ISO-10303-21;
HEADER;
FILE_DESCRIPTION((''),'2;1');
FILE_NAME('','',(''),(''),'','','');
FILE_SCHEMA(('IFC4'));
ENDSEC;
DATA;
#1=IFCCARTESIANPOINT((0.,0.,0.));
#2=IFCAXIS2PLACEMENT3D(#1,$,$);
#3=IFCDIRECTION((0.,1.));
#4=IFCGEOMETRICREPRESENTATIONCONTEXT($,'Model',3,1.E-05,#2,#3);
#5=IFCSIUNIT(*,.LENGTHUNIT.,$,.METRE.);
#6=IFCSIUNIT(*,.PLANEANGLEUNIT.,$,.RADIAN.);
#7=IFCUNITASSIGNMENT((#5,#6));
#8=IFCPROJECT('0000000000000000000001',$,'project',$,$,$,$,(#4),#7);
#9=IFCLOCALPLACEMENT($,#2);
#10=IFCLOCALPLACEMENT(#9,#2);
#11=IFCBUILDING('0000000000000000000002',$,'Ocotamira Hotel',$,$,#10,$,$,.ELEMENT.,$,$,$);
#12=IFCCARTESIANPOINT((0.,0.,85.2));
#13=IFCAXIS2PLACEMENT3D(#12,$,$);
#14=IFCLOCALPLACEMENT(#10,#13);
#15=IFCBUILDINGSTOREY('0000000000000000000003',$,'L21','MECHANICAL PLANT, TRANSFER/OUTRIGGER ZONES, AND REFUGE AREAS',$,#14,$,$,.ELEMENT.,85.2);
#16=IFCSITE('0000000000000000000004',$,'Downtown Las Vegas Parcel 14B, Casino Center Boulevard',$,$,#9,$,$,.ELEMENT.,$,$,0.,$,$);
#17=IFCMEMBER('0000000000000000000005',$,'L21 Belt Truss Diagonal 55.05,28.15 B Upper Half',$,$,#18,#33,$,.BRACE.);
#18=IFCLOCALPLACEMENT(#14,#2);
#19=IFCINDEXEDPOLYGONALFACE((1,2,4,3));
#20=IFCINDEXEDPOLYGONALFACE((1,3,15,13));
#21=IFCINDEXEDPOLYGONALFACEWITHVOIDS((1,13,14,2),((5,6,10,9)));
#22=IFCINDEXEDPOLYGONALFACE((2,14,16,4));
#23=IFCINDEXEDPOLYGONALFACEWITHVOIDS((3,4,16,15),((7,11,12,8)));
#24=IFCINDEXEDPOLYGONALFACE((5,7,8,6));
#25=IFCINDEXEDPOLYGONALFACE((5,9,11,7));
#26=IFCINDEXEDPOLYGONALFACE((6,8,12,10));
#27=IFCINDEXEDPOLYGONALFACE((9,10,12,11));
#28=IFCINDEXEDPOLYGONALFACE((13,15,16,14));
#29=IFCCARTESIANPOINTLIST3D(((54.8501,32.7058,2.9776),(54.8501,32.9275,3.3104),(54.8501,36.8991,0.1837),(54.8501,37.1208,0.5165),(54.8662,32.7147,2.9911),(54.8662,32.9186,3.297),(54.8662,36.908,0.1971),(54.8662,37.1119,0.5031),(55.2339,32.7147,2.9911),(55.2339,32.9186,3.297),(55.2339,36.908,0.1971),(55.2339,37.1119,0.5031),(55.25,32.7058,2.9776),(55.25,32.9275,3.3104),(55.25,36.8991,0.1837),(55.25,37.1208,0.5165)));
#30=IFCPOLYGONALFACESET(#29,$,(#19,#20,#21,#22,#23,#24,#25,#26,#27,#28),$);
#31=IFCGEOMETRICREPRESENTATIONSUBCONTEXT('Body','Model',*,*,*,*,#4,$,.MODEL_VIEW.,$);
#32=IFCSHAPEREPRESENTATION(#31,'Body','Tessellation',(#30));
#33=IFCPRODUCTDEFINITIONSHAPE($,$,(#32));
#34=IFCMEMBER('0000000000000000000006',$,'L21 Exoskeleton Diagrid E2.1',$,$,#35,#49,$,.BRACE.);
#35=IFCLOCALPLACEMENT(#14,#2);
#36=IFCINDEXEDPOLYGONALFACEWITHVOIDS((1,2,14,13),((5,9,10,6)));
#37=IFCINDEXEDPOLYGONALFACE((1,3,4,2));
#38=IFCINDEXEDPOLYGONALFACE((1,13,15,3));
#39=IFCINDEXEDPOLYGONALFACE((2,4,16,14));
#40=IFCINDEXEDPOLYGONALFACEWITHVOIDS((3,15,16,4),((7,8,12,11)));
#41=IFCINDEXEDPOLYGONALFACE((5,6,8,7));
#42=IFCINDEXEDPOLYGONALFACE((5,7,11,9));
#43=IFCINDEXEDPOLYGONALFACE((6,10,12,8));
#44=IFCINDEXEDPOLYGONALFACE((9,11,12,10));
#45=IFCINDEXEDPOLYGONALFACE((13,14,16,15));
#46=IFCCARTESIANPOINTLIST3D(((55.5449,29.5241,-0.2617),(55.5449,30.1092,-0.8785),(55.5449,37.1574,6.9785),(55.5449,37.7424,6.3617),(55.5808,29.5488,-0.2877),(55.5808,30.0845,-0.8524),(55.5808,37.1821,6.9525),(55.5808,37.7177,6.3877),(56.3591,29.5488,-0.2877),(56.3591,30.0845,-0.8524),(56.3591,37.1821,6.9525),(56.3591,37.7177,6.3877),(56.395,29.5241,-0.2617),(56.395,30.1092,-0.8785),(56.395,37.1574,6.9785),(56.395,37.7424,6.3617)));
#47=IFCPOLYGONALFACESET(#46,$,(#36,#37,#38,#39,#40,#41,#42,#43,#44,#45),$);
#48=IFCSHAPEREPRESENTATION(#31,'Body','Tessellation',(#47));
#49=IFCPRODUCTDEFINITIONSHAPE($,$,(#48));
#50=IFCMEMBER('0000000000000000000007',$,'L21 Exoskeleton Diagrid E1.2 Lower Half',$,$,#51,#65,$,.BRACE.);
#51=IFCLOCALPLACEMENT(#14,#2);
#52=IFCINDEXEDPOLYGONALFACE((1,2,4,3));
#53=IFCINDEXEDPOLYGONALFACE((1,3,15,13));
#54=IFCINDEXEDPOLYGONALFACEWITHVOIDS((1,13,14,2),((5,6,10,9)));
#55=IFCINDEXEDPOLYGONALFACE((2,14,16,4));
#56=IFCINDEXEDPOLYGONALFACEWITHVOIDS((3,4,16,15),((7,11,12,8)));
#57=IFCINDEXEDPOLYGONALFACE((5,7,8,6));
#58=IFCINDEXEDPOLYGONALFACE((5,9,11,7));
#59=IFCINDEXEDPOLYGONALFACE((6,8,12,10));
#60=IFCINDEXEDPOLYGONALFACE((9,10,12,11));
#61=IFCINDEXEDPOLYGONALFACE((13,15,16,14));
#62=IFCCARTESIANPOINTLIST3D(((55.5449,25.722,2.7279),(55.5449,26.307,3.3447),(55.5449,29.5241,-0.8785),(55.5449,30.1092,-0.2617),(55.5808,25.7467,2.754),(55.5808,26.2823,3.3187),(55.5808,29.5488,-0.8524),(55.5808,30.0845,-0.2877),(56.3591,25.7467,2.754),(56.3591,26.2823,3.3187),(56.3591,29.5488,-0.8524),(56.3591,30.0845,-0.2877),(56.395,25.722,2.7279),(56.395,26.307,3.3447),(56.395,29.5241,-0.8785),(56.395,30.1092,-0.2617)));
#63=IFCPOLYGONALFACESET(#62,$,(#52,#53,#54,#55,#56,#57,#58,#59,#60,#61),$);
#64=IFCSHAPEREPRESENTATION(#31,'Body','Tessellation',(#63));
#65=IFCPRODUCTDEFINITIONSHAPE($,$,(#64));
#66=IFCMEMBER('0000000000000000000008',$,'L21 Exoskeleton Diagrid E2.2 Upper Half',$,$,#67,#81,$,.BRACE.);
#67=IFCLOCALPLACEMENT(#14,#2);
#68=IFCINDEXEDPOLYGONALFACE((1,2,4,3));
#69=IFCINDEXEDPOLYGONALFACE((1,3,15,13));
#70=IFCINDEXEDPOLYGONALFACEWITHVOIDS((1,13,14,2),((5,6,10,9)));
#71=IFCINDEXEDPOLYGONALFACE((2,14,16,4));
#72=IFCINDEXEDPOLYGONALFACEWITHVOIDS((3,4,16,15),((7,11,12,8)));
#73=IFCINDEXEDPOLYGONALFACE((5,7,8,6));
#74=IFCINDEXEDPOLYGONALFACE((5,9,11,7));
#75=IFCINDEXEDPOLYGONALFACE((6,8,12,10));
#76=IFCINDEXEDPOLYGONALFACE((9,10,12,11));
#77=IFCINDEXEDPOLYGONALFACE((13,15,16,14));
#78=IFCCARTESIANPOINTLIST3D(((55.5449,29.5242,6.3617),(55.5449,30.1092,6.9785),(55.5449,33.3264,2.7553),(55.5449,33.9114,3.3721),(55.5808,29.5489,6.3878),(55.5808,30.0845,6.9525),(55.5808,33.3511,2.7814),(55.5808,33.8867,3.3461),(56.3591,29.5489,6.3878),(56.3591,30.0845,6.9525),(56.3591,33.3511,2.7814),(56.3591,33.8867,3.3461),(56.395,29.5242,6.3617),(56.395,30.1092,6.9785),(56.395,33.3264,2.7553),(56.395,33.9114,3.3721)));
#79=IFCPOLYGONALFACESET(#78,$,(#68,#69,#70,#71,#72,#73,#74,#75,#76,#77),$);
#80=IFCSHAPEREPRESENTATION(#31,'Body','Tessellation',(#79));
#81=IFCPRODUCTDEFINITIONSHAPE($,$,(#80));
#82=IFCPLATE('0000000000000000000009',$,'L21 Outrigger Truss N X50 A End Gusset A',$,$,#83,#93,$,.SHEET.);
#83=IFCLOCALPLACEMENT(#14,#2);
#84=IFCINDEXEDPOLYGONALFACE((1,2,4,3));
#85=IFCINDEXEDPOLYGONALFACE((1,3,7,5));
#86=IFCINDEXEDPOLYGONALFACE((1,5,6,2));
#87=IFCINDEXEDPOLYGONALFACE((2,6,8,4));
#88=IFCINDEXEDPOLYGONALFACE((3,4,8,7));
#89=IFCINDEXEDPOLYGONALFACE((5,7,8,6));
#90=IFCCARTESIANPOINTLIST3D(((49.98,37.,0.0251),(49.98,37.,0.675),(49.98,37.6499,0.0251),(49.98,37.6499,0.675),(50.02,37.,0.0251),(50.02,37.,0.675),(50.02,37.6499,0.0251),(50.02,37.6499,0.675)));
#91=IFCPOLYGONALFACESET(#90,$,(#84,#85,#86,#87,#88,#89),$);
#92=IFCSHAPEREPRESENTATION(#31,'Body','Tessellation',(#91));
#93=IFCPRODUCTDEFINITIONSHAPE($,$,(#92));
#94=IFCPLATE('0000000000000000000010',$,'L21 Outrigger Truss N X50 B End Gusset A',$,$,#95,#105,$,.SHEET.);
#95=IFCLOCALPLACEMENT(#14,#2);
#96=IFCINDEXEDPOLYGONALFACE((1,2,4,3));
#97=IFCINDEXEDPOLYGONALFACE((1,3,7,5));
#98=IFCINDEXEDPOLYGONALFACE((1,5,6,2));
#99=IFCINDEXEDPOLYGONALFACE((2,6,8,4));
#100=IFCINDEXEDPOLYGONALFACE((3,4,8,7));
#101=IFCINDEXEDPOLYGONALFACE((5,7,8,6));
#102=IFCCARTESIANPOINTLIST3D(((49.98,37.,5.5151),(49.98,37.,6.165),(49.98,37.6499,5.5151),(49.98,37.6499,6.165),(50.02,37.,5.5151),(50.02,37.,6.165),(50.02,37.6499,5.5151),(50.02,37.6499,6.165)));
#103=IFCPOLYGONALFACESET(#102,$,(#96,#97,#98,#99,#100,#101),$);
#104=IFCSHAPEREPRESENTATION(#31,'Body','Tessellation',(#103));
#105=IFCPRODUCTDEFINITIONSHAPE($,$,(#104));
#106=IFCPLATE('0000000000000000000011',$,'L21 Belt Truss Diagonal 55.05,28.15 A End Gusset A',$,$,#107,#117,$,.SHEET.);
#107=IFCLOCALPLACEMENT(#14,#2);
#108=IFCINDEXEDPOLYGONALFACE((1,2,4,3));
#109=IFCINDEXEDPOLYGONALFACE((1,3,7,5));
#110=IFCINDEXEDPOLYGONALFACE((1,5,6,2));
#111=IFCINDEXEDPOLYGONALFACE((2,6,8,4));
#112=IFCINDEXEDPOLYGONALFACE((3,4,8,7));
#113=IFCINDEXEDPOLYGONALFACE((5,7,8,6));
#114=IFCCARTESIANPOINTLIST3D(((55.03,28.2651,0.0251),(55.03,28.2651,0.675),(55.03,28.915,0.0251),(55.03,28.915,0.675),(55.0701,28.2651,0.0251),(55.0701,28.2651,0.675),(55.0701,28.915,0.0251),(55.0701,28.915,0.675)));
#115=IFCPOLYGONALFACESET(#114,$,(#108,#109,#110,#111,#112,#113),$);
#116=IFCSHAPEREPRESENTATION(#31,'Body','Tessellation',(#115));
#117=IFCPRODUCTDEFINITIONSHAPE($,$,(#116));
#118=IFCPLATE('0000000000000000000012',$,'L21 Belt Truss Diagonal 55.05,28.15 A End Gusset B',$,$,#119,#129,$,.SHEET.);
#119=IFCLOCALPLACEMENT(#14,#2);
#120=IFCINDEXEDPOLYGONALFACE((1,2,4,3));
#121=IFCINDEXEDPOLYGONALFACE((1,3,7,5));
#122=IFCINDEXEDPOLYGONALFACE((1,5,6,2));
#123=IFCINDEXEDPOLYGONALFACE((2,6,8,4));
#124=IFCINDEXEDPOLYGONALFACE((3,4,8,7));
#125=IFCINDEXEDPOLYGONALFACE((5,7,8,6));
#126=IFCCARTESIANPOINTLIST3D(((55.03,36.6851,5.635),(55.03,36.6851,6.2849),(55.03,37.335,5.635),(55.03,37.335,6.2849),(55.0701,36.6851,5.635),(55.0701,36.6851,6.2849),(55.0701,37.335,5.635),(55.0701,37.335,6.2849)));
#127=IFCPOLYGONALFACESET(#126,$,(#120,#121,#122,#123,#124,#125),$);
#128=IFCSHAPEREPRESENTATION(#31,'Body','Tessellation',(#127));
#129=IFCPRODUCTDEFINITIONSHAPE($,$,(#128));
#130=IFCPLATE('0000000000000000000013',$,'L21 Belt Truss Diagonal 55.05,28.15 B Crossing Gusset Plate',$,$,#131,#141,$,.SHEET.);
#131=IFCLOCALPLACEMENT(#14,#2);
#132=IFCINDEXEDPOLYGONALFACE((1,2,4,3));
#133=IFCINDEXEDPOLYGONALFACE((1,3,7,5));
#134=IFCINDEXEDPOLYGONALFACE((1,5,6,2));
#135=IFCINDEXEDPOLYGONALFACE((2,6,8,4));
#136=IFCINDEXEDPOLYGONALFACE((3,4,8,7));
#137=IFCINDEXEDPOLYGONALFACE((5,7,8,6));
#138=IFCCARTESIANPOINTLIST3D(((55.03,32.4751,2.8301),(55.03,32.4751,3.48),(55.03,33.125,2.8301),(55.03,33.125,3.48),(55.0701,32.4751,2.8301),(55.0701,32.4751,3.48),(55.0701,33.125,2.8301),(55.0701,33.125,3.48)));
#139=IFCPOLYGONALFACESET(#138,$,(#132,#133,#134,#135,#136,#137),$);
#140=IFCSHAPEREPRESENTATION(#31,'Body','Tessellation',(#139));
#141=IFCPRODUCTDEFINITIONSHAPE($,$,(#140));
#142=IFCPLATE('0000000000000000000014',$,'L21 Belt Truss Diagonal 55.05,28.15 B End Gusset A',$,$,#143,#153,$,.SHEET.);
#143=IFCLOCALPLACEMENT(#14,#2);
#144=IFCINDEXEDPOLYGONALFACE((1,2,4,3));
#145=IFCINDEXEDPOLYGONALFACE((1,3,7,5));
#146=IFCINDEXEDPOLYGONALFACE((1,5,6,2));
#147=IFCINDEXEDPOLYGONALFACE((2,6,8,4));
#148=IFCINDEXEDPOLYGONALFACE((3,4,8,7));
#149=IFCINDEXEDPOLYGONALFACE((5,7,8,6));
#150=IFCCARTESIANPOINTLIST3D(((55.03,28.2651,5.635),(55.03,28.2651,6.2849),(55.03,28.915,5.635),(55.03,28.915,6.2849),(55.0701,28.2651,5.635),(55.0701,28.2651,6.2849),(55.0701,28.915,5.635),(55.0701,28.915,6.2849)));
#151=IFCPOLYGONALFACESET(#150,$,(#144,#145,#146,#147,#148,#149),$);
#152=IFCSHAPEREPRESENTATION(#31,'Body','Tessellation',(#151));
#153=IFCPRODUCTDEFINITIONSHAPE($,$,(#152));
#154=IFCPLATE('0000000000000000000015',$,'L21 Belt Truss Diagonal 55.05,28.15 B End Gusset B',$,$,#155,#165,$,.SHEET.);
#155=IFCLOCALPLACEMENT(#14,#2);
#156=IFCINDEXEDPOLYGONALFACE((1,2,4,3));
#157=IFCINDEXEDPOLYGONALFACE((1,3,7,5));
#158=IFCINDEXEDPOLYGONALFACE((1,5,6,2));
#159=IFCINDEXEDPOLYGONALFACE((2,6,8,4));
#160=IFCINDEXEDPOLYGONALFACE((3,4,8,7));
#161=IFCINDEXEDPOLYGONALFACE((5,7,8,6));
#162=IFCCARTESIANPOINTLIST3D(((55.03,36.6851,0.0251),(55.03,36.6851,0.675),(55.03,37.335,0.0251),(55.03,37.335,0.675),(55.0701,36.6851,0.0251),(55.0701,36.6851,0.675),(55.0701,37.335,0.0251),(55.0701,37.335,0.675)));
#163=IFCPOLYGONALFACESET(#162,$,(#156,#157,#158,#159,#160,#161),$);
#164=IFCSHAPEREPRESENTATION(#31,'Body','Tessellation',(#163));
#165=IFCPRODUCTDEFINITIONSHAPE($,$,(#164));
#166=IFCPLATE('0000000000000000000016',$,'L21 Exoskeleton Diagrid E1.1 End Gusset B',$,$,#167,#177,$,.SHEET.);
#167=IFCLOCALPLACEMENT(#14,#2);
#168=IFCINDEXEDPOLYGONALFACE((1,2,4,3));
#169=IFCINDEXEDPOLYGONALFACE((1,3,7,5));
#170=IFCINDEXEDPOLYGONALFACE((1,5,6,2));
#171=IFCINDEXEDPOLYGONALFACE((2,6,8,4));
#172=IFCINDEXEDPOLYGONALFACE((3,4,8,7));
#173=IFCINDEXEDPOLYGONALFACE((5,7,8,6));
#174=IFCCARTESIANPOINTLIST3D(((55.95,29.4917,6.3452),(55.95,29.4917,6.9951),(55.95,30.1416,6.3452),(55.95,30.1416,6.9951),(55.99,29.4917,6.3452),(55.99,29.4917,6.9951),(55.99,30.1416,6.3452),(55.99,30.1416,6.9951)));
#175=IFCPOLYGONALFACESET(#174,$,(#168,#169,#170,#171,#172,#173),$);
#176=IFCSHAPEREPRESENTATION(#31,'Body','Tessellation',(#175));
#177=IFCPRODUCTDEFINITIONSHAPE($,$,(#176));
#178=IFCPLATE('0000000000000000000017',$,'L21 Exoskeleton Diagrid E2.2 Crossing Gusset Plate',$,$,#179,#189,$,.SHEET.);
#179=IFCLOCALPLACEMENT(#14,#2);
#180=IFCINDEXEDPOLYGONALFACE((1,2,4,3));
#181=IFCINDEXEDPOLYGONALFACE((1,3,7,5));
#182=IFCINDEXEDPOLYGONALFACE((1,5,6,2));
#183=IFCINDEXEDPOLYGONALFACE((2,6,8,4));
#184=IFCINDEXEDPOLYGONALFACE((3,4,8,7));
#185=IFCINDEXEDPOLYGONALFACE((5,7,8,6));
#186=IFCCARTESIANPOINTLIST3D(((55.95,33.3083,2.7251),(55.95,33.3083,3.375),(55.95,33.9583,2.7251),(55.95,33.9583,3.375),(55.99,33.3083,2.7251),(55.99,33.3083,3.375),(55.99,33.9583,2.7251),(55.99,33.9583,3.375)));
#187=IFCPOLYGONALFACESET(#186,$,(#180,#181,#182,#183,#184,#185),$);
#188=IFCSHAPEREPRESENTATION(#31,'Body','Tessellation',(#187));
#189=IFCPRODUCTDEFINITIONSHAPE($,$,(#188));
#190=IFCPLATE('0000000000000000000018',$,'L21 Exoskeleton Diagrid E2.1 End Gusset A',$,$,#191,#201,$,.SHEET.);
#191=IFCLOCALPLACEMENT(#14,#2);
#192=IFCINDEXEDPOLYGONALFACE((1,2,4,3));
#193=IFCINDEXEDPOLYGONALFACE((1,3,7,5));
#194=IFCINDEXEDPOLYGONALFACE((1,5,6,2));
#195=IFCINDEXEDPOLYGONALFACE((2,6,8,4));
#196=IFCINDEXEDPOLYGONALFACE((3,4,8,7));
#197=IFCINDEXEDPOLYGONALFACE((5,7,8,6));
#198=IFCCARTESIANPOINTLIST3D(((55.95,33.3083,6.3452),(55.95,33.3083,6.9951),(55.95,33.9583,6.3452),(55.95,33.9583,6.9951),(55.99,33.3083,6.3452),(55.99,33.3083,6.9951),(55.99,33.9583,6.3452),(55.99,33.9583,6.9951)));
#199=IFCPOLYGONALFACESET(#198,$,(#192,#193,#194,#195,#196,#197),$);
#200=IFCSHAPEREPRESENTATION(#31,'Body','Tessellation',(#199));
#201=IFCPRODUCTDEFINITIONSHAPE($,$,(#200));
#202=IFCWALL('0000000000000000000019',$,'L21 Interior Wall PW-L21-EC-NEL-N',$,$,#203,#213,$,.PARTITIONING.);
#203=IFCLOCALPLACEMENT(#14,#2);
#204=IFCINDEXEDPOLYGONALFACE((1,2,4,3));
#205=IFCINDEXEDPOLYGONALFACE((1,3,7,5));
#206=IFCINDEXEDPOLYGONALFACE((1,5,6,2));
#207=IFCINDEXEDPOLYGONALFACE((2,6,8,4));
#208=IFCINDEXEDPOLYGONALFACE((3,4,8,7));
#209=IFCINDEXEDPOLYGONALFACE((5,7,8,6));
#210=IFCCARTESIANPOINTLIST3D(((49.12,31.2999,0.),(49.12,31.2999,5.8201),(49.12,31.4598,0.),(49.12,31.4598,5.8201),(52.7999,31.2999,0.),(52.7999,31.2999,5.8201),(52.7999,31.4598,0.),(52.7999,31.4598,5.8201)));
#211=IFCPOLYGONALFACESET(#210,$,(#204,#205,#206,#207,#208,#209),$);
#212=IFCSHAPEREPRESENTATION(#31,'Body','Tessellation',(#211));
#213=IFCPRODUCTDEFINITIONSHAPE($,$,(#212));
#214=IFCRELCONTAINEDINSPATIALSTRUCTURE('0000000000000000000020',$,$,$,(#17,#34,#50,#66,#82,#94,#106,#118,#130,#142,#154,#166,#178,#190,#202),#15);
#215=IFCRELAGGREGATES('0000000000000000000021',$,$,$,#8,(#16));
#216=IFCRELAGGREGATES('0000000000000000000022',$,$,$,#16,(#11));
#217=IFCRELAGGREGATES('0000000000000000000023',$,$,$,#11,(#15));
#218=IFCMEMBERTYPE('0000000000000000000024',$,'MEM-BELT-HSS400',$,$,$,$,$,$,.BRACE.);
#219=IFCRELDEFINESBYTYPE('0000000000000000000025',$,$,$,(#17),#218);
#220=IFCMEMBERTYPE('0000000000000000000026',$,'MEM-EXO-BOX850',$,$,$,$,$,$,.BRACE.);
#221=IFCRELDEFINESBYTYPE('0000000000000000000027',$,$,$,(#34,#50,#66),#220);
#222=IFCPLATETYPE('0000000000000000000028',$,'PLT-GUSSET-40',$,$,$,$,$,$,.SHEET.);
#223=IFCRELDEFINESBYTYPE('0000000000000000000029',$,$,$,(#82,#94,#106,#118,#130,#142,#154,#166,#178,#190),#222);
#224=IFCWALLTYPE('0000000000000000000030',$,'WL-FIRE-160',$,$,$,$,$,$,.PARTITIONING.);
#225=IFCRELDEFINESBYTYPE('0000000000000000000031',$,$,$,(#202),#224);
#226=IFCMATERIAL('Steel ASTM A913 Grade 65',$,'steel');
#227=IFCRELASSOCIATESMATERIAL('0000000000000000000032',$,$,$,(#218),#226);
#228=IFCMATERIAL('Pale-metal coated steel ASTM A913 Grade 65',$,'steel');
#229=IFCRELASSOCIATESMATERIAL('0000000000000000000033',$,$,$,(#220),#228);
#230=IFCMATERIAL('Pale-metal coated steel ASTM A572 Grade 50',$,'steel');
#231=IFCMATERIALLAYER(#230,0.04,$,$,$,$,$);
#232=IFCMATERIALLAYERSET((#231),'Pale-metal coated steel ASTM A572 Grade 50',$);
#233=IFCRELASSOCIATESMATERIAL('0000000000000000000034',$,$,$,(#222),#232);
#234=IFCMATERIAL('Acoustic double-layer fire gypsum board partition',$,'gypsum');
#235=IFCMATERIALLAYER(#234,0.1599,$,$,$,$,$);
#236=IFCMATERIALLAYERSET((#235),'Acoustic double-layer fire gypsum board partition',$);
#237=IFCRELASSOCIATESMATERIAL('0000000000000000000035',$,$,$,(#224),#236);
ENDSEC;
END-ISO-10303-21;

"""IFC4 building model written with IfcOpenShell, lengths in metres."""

from ifc_helpers import new_model, si_unit, direction, frame, frame_2d, origin, origin_2d, place, context, subcontext, project, spatial, rectangle, hollow_rectangle, extrude, source, transform, mapped, material, layer, layer_set, material_profile, profile_set, type_object, element, save


model = new_model("IFC4")

# Units and contexts
model_context = context("Model", 3, precision=1e-05, world=origin(), true_north=direction((0.0, 1.0)))
body_context = subcontext(model_context, "Body", "Model", "MODEL_VIEW")
ifc_project = project(units=[si_unit("LENGTHUNIT", "METRE"), si_unit("PLANEANGLEUNIT", "RADIAN")], contexts=[model_context])

# Site, building, storey
site_placement = place(None, origin())
site = spatial("IfcSite", under=ifc_project, at=site_placement, Name="Downtown Las Vegas Parcel 14B, Casino Center Boulevard", CompositionType="ELEMENT", RefElevation=0.0)
building_placement = place(site_placement, origin())
building = spatial("IfcBuilding", under=site, at=building_placement, Name="Ocotamira Hotel", CompositionType="ELEMENT")
storey_placement = place(building_placement, frame((0.0, 0.0, 85.2)))
storey = spatial("IfcBuildingStorey", under=building, at=storey_placement, Name="L21", Description="MECHANICAL PLANT, TRANSFER/OUTRIGGER ZONES, AND REFUGE AREAS", CompositionType="ELEMENT", Elevation=85.2)

# Members
ifc_material_1 = material(Name="Steel ASTM A913 Grade 65", Category="steel")
ifc_material_profile_1 = material_profile(ifc_material_1, hollow_rectangle(XDim=0.3999, YDim=0.3999, WallThickness=0.0161, at=origin_2d()), Name="HSS400X400X16")
ifc_profile_set_1 = profile_set([ifc_material_profile_1], Name="Steel ASTM A913 Grade 65")
member_type_1 = type_object("IfcMemberType", Name="MEM-BELT-HSS400", PredefinedType="BRACE", material=ifc_profile_set_1)
shared_shape_1 = source(origin(), body_context, "Body", "SweptSolid", [
    extrude(hollow_rectangle(XDim=0.3999, YDim=0.3999, WallThickness=0.0161, at=origin_2d()), origin(), (0.0, 0.0, 1.0), 5.0388),
])
for number, where, z_axis, x_axis, name in (
    (1, (55.05, 32.8167, 3.144), (0.0, 0.832199, -0.554477), (-1.0, 0.0, 0.0), "L21 Belt Truss Diagonal 55.05,28.15 B Upper Half"),
):
    element("IfcMember", number, at=place(storey_placement, frame(where, z_axis=z_axis, x_axis=x_axis)), inside=storey, type_object=member_type_1, Name=name, PredefinedType="BRACE", context=body_context, shape_type="MappedRepresentation", body=[
        mapped(shared_shape_1, transform((0.0, 0.0, 0.0), scale=1.0)),
    ])
ifc_material_2 = material(Name="Pale-metal coated steel ASTM A913 Grade 65", Category="steel")
ifc_material_profile_2 = material_profile(ifc_material_2, hollow_rectangle(XDim=0.8501, YDim=0.8501, WallThickness=0.0359, at=origin_2d()), Name="BOX850X850X36")
ifc_profile_set_2 = profile_set([ifc_material_profile_2], Name="Pale-metal coated steel ASTM A913 Grade 65")
member_type_2 = type_object("IfcMemberType", Name="MEM-EXO-BOX850", PredefinedType="BRACE", material=ifc_profile_set_2)
shared_shape_2 = source(origin(), body_context, "Body", "SweptSolid", [
    extrude(hollow_rectangle(XDim=0.8501, YDim=0.8501, WallThickness=0.0359, at=origin_2d()), origin(), (0.0, 0.0, 1.0), 10.5208),
])
member_1_placement = place(storey_placement, frame((55.97, 29.8167, -0.5701), z_axis=(0.0, 0.72554, 0.68818), x_axis=(-1.0, 0.0, 0.0)))
element("IfcMember", 2, at=member_1_placement, inside=storey, type_object=member_type_2, Name="L21 Exoskeleton Diagrid E2.1", PredefinedType="BRACE", context=body_context, shape_type="MappedRepresentation", body=[
    mapped(shared_shape_2, transform((0.0, 0.0, 0.0), scale=1.0)),
])
shared_shape_3 = source(origin(), body_context, "Body", "SweptSolid", [
    extrude(hollow_rectangle(XDim=0.8501, YDim=0.8501, WallThickness=0.0359, at=origin_2d()), origin(), (0.0, 0.0, 1.0), 5.2405),
])
for number, where, z_axis, x_axis, name in (
    (3, (55.97, 29.8167, -0.5701), (0.0, -0.725541, 0.688179), (1.0, 0.0, 0.0), "L21 Exoskeleton Diagrid E1.2 Lower Half"),
    (4, (55.97, 33.6189, 3.0637), (0.0, -0.725541, 0.688179), (1.0, 0.0, 0.0), "L21 Exoskeleton Diagrid E2.2 Upper Half"),
):
    element("IfcMember", number, at=place(storey_placement, frame(where, z_axis=z_axis, x_axis=x_axis)), inside=storey, type_object=member_type_2, Name=name, PredefinedType="BRACE", context=body_context, shape_type="MappedRepresentation", body=[
        mapped(shared_shape_3, transform((0.0, 0.0, 0.0), scale=1.0)),
    ])

# Plates
ifc_material_3 = material(Name="Pale-metal coated steel ASTM A572 Grade 50", Category="steel")
ifc_layer_1 = layer(ifc_material_3, 0.04)
ifc_layer_set_1 = layer_set([ifc_layer_1], Name="Pale-metal coated steel ASTM A572 Grade 50")
plate_type = type_object("IfcPlateType", Name="PLT-GUSSET-40", PredefinedType="SHEET", material=ifc_layer_set_1)
shared_shape_4 = source(origin(), body_context, "Body", "SweptSolid", [
    extrude(rectangle(XDim=0.04, YDim=0.6499, at=origin_2d()), origin(), (0.0, 0.0, 1.0), 0.6499),
])
for number, where, z_axis, x_axis, name in (
    (5, (50.0, 37.325, 0.0251), (0.0, 0.0, 1.0), (1.0, 0.0, 0.0), "L21 Outrigger Truss N X50 A End Gusset A"),
    (6, (50.0, 37.325, 5.5151), (0.0, 0.0, 1.0), (1.0, 0.0, 0.0), "L21 Outrigger Truss N X50 B End Gusset A"),
    (7, (55.05, 28.5901, 0.0251), (0.0, 0.0, 1.0), (1.0, 0.0, 0.0), "L21 Belt Truss Diagonal 55.05,28.15 A End Gusset A"),
    (8, (55.05, 37.01, 5.635), (0.0, 0.0, 1.0), (1.0, 0.0, 0.0), "L21 Belt Truss Diagonal 55.05,28.15 A End Gusset B"),
    (9, (55.05, 32.8, 2.8301), (0.0, 0.0, 1.0), (1.0, 0.0, 0.0), "L21 Belt Truss Diagonal 55.05,28.15 B Crossing Gusset Plate"),
    (10, (55.05, 28.5901, 5.635), (0.0, 0.0, 1.0), (1.0, 0.0, 0.0), "L21 Belt Truss Diagonal 55.05,28.15 B End Gusset A"),
    (11, (55.05, 37.01, 0.0251), (0.0, 0.0, 1.0), (1.0, 0.0, 0.0), "L21 Belt Truss Diagonal 55.05,28.15 B End Gusset B"),
    (12, (55.97, 29.8167, 6.3452), (0.0, 0.0, 1.0), (1.0, 0.0, 0.0), "L21 Exoskeleton Diagrid E1.1 End Gusset B"),
    (13, (55.97, 33.6333, 2.7251), (0.0, 0.0, 1.0), (1.0, 0.0, 0.0), "L21 Exoskeleton Diagrid E2.2 Crossing Gusset Plate"),
    (14, (55.97, 33.6333, 6.3452), (0.0, 0.0, 1.0), (1.0, 0.0, 0.0), "L21 Exoskeleton Diagrid E2.1 End Gusset A"),
):
    element("IfcPlate", number, at=place(storey_placement, frame(where, z_axis=z_axis, x_axis=x_axis)), inside=storey, type_object=plate_type, Name=name, PredefinedType="SHEET", context=body_context, shape_type="MappedRepresentation", body=[
        mapped(shared_shape_4, transform((0.0, 0.0, 0.0), scale=1.0)),
    ])

# Wall
ifc_material_4 = material(Name="Acoustic double-layer fire gypsum board partition", Category="gypsum")
ifc_layer_2 = layer(ifc_material_4, 0.1599)
ifc_layer_set_2 = layer_set([ifc_layer_2], Name="Acoustic double-layer fire gypsum board partition")
wall_type_1 = type_object("IfcWallType", Name="WL-FIRE-160", PredefinedType="PARTITIONING", material=ifc_layer_set_2)
wall_1_placement = place(storey_placement, frame((49.1201, 31.3799, 0.0), z_axis=(0.0, 0.0, 1.0), x_axis=(1.0, 0.0, 0.0)))
element("IfcWall", 15, at=wall_1_placement, inside=storey, type_object=wall_type_1, Name="L21 Interior Wall PW-L21-EC-NEL-N", PredefinedType="PARTITIONING", context=body_context, shape_type="SweptSolid", body=[
    extrude(rectangle(XDim=3.6799, YDim=0.1599, at=frame_2d((1.8398, 0.0))), origin(), (0.0, 0.0, 1.0), 5.8201),
])

save(model, "model.ifc")
